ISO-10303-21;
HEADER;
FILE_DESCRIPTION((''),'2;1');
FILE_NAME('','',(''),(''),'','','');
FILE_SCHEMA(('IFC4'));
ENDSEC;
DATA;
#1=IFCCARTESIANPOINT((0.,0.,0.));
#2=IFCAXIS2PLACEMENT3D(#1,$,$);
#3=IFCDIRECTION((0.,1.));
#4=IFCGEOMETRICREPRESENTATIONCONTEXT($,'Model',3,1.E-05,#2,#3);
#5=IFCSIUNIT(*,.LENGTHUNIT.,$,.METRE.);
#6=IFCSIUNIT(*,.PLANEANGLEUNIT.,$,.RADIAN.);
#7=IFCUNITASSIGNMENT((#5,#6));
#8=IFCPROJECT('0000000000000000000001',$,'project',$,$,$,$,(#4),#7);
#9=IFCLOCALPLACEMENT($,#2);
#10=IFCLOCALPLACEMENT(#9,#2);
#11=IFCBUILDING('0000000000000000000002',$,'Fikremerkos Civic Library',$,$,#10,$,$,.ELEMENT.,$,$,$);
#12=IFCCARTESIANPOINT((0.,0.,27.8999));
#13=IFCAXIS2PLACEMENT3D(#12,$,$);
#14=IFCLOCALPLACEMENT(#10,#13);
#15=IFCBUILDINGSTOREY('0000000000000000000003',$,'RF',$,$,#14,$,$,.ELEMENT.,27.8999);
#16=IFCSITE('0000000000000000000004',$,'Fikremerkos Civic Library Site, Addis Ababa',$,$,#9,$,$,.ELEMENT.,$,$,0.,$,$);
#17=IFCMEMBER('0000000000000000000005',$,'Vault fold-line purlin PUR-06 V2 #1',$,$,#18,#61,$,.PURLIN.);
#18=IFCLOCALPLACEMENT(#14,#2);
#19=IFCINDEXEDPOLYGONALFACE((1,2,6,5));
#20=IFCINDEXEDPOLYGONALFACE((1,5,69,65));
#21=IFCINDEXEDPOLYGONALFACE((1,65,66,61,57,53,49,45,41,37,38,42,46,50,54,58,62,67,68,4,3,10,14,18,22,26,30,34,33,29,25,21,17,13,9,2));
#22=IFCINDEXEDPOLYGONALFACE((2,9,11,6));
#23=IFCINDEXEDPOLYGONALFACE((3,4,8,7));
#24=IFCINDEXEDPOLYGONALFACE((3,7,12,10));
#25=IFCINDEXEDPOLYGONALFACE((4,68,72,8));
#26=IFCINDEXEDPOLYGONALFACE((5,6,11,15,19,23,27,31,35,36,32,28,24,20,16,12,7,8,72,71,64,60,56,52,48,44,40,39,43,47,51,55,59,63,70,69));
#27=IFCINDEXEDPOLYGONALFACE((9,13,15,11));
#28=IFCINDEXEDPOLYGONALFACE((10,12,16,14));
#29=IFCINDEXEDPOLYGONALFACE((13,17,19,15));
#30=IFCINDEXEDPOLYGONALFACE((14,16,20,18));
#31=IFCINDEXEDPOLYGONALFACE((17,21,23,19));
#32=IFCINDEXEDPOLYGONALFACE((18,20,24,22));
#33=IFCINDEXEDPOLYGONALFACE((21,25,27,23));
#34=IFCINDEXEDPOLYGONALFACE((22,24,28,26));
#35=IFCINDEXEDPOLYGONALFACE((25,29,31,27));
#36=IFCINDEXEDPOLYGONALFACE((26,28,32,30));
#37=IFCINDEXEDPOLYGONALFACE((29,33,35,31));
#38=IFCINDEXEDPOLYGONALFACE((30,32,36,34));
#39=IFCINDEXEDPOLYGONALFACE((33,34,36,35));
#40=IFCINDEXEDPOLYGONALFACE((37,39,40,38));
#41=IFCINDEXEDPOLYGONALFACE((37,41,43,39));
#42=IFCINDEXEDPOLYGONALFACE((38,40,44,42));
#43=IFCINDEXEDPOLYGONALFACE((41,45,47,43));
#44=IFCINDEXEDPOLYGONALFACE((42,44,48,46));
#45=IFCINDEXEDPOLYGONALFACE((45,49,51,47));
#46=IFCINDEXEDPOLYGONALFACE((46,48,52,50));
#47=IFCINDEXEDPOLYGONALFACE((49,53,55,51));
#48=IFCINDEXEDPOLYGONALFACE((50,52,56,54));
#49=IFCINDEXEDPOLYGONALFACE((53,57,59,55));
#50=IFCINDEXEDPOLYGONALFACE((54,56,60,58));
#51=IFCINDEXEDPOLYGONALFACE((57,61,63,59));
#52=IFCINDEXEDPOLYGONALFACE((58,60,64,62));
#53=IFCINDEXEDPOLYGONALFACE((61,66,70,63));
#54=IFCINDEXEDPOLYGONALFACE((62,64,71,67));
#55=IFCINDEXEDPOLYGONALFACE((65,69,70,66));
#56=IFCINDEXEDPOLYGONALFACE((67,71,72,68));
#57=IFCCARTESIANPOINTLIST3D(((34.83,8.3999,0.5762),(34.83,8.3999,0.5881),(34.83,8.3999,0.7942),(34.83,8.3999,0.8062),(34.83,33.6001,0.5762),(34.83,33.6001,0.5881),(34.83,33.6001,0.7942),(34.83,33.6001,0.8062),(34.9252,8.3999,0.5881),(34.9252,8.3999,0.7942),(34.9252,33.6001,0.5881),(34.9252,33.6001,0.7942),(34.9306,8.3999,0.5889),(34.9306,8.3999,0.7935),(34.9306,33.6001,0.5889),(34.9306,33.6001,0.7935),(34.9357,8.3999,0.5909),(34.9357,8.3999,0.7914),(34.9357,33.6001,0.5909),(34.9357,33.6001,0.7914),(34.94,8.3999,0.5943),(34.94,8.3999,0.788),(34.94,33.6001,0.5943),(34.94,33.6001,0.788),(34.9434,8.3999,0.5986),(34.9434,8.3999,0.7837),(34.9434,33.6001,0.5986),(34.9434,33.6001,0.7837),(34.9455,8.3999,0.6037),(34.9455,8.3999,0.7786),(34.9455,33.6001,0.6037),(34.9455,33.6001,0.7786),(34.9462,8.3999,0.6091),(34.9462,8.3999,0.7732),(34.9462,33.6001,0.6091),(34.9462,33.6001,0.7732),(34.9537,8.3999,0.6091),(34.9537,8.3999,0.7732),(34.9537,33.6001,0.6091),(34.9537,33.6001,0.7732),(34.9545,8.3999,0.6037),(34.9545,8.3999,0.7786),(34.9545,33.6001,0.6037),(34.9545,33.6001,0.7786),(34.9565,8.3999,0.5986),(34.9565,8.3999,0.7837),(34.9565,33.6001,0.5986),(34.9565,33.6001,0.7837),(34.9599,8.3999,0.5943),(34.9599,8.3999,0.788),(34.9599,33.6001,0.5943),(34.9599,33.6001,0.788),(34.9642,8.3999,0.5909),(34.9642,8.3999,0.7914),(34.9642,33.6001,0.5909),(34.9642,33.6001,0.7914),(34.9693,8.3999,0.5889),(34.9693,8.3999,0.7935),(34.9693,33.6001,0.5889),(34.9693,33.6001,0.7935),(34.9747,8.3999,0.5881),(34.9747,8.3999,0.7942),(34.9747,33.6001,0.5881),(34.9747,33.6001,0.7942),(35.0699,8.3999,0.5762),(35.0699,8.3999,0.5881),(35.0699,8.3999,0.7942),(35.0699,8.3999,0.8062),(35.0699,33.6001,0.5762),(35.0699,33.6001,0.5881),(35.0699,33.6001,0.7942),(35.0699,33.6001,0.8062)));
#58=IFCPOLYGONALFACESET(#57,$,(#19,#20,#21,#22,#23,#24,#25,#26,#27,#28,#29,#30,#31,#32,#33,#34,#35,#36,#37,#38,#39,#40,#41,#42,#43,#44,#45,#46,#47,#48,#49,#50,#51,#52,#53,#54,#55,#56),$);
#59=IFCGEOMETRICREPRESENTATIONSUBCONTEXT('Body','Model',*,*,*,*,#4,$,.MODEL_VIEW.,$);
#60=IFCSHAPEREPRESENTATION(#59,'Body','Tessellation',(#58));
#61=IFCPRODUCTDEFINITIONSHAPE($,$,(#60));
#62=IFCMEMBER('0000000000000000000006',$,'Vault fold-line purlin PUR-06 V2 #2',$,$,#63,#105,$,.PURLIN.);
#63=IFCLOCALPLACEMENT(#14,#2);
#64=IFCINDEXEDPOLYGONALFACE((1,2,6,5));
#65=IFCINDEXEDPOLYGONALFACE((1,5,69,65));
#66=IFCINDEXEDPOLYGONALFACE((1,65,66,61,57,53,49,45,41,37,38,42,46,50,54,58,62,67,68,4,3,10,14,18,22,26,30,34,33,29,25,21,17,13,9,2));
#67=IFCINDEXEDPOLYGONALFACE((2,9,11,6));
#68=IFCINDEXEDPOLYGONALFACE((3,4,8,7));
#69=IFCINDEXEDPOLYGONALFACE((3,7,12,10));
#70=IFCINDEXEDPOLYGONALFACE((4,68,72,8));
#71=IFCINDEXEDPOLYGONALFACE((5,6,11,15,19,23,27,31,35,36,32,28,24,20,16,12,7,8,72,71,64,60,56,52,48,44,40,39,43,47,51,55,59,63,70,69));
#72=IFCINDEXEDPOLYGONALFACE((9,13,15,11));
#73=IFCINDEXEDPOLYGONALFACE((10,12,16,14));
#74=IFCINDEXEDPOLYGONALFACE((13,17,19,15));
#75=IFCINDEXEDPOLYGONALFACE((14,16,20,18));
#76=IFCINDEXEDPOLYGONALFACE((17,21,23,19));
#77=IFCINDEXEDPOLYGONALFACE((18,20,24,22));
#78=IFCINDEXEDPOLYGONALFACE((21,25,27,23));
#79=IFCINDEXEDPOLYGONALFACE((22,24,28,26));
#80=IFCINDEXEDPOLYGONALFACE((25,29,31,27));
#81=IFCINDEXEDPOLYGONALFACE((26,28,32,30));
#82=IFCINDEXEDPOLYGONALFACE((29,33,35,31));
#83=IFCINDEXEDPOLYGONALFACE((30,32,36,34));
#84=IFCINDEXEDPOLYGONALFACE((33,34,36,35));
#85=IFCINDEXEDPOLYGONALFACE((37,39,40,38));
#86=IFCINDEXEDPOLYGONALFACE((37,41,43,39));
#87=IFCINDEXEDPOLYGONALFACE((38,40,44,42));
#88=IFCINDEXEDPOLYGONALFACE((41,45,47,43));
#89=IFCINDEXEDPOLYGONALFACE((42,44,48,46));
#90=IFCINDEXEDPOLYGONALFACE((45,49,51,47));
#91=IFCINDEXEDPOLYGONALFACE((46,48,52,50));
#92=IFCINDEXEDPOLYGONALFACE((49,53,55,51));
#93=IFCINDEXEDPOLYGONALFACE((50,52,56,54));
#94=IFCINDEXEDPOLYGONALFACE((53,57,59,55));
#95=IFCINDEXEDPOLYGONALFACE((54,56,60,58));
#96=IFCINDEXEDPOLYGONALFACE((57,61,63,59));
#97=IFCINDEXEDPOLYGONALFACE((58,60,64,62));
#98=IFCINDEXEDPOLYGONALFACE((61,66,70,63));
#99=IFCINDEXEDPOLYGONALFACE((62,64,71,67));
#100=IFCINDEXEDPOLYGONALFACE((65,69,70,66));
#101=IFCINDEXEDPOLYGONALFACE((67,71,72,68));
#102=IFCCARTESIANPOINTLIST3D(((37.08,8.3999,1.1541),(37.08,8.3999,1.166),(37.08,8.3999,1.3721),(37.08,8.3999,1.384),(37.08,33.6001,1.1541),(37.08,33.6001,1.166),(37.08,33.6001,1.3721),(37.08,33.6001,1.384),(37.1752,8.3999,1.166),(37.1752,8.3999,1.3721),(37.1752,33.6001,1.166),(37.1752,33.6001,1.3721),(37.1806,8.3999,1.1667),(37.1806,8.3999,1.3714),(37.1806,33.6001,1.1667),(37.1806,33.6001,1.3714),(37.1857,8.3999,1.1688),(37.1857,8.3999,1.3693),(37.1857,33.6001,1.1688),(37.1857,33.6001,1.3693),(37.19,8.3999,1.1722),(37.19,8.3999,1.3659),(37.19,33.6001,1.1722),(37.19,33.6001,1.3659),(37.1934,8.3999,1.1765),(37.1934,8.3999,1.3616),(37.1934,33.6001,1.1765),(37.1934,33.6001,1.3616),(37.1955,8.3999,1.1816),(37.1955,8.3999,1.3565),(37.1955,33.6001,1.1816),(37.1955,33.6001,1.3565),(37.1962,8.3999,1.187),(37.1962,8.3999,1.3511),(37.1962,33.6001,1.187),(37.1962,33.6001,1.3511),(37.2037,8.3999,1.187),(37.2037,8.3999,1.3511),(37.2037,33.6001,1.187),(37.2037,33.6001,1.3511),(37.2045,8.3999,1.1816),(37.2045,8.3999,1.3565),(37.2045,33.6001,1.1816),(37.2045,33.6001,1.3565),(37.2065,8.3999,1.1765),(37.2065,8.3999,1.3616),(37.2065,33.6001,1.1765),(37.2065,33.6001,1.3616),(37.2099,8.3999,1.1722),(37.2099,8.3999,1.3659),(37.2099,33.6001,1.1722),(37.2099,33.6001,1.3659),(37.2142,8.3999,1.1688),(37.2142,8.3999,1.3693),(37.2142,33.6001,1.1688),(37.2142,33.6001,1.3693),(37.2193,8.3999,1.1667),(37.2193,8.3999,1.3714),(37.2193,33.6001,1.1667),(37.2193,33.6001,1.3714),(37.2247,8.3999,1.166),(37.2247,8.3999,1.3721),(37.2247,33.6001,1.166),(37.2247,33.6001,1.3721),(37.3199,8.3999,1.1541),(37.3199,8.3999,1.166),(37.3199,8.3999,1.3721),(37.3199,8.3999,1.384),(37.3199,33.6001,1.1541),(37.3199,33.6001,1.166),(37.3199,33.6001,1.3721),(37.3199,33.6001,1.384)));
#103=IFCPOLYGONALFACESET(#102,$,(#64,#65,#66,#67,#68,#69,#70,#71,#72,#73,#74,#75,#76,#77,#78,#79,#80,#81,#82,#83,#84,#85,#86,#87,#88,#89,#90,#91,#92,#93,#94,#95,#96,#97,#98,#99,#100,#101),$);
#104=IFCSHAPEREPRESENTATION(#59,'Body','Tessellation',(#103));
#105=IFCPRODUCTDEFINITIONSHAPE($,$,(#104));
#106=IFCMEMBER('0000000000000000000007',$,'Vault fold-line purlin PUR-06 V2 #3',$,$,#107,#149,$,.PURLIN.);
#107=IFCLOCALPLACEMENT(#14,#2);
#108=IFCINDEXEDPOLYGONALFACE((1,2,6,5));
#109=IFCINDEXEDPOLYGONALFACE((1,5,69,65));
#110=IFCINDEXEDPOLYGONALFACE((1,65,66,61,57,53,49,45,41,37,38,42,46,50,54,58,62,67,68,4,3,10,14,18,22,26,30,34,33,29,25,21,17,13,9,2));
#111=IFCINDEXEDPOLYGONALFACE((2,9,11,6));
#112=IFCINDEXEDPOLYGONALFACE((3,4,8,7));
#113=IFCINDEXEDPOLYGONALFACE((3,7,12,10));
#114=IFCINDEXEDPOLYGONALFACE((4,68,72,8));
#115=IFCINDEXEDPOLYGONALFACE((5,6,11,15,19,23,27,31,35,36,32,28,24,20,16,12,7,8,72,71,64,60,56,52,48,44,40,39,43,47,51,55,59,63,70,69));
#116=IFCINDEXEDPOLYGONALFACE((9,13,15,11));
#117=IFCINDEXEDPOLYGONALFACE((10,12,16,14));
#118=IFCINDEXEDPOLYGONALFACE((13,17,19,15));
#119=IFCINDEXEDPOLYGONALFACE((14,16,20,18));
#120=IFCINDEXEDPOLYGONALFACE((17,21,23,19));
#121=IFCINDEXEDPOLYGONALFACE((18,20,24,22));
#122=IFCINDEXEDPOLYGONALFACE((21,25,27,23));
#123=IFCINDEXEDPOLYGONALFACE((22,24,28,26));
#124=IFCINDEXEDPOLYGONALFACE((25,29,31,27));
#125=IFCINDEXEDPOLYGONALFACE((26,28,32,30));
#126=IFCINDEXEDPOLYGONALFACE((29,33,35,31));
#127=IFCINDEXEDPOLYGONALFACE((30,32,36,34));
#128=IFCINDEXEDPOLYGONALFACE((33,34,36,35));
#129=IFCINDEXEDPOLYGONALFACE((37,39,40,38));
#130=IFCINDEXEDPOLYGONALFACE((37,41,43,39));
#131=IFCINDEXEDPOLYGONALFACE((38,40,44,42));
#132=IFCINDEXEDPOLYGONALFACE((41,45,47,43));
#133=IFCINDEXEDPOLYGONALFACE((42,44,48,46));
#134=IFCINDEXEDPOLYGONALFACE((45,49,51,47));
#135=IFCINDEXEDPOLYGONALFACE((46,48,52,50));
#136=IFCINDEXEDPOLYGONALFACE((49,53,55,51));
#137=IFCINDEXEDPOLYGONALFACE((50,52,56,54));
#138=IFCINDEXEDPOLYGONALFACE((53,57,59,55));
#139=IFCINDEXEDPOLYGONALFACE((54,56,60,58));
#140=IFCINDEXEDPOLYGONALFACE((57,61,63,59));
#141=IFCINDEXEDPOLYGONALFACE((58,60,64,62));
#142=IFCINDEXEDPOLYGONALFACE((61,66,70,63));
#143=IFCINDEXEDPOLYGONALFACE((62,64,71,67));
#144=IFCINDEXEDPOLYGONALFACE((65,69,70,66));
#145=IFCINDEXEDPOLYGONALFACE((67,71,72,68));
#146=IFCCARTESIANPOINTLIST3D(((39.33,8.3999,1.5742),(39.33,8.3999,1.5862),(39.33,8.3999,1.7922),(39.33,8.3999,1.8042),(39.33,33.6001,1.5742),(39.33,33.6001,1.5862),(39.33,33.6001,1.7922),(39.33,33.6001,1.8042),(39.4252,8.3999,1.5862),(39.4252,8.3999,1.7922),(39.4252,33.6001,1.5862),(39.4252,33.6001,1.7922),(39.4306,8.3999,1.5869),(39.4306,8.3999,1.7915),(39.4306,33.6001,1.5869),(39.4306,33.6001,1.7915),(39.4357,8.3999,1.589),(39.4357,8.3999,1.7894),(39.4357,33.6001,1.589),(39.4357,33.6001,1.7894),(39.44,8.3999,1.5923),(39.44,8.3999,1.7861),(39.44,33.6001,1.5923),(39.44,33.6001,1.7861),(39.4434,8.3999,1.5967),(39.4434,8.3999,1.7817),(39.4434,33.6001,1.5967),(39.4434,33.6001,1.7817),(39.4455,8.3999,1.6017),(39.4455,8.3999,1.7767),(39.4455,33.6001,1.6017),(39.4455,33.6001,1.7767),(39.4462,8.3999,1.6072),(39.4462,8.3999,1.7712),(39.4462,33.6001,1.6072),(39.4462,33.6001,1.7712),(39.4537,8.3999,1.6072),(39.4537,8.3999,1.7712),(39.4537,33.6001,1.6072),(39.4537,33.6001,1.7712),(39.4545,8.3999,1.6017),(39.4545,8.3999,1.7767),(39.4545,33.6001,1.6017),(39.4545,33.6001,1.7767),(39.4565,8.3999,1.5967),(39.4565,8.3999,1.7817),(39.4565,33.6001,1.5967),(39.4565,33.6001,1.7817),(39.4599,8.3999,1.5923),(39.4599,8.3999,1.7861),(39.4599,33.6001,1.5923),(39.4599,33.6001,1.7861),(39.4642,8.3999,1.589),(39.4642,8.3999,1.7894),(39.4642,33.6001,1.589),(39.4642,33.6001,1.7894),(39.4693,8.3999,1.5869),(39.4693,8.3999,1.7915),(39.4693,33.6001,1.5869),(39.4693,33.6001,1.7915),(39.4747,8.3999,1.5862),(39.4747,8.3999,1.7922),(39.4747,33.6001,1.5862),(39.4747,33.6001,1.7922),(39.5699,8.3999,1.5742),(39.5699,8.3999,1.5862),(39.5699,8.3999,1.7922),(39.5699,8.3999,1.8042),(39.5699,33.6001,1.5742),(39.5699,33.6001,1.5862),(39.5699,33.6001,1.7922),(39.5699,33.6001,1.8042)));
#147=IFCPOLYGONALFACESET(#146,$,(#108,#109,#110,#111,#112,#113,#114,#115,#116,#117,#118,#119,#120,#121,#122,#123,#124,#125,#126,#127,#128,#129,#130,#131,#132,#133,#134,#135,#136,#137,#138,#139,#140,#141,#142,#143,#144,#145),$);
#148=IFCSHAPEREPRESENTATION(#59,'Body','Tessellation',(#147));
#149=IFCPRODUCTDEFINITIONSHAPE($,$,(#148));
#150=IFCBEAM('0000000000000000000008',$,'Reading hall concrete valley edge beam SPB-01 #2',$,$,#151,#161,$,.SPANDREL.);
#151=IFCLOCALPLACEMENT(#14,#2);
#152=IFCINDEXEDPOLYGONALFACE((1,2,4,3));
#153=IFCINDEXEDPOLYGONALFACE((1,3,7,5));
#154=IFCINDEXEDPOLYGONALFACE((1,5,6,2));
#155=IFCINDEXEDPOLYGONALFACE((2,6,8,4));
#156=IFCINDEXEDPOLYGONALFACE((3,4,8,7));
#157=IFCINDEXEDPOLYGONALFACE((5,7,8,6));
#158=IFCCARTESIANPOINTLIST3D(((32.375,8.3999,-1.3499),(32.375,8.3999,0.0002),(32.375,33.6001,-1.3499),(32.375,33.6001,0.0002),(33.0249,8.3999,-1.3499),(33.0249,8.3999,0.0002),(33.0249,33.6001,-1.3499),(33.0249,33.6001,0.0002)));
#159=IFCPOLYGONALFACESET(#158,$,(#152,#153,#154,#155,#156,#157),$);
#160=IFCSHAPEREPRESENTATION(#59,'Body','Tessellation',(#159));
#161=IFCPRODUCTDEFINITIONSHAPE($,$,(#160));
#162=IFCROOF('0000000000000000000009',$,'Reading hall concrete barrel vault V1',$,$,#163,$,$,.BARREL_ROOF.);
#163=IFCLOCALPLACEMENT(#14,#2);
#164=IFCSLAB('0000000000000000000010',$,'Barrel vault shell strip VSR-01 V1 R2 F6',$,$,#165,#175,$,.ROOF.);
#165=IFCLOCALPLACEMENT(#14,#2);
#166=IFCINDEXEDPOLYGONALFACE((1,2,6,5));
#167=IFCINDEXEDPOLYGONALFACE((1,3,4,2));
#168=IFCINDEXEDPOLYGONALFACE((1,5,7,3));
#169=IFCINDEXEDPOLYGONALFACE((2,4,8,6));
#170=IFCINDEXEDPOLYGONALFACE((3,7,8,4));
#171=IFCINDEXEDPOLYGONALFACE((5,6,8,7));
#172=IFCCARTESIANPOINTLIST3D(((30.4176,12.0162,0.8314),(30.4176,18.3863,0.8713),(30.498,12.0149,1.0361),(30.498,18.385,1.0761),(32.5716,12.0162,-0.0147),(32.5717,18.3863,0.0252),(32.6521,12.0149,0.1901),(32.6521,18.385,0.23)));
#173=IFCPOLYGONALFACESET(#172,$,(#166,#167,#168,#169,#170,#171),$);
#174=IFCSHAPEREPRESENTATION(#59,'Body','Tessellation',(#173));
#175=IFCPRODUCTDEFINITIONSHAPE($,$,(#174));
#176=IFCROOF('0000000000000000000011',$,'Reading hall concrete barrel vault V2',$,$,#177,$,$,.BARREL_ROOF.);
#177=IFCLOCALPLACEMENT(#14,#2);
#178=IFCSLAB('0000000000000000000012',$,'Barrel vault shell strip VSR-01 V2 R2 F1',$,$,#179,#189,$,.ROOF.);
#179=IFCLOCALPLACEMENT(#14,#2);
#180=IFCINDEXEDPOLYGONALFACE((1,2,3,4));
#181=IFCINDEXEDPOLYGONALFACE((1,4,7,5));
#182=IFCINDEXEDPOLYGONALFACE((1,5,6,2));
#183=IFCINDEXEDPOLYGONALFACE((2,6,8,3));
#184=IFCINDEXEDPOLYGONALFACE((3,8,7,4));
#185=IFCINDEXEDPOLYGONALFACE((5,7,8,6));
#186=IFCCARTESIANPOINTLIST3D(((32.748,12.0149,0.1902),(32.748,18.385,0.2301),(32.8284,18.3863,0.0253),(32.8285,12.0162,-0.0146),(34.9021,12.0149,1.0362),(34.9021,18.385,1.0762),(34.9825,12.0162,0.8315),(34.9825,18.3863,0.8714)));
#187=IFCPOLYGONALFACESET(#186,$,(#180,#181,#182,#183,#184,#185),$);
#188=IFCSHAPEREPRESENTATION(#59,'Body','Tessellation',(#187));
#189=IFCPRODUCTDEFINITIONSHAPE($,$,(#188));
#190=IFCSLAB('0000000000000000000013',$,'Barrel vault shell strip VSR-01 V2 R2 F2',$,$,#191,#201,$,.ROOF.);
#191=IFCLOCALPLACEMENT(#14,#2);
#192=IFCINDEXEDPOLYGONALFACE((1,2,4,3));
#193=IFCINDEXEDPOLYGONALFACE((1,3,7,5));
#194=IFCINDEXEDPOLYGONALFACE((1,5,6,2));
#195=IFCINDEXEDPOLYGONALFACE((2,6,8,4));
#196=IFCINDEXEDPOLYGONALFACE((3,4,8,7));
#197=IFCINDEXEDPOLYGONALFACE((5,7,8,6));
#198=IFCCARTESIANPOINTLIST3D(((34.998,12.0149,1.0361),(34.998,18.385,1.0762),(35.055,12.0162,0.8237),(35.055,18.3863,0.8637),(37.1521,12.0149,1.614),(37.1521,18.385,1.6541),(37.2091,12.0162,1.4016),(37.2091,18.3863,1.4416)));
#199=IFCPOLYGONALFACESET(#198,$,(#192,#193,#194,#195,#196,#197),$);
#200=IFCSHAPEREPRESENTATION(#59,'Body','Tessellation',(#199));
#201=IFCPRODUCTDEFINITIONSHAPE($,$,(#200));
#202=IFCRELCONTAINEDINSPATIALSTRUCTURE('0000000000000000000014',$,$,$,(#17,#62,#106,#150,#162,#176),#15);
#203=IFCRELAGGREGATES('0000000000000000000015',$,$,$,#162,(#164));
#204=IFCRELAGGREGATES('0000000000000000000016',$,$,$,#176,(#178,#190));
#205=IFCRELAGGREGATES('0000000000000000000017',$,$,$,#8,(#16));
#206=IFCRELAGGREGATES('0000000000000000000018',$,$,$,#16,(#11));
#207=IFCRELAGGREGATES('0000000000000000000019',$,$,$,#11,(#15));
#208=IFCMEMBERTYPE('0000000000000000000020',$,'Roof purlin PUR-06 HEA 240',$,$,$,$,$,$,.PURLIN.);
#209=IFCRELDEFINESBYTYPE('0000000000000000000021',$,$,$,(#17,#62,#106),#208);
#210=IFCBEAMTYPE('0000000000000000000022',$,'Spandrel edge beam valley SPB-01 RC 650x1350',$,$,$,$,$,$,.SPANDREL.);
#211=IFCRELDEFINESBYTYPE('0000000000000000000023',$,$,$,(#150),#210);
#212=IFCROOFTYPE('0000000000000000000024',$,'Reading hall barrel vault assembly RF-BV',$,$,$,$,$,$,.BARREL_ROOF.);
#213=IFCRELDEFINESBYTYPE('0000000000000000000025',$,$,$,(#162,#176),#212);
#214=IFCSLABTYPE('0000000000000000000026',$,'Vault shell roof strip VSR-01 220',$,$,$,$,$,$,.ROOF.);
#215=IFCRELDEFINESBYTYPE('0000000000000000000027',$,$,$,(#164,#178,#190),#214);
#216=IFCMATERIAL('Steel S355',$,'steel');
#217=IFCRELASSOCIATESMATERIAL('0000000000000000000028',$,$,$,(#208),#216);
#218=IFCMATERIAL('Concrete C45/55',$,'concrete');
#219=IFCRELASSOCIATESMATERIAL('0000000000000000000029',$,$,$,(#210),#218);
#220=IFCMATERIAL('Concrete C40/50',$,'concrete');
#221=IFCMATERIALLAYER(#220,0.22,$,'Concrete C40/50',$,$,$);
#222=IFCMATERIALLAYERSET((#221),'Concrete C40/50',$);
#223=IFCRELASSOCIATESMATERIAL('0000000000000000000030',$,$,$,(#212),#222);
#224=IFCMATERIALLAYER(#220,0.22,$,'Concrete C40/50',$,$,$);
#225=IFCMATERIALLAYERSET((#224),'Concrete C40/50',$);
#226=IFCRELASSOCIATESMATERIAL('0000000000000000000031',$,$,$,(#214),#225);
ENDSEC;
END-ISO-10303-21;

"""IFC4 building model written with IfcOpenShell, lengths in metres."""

from ifc_helpers import new_model, si_unit, direction, frame, origin, origin_2d, place, context, subcontext, project, spatial, polyline, rectangle, i_section, outline, extrude, material, layer, layer_set, material_profile, profile_set, type_object, element, aggregate, save


model = new_model("IFC4")

# Units and contexts
model_context = context("Model", 3, precision=1e-05, world=origin(), true_north=direction((0.0, 1.0)))
body_context = subcontext(model_context, "Body", "Model", "MODEL_VIEW")
ifc_project = project(units=[si_unit("LENGTHUNIT", "METRE"), si_unit("PLANEANGLEUNIT", "RADIAN")], contexts=[model_context])

# Site, building, storey
site_placement = place(None, origin())
site = spatial("IfcSite", under=ifc_project, at=site_placement, Name="Fikremerkos Civic Library Site, Addis Ababa", CompositionType="ELEMENT", RefElevation=0.0)
building_placement = place(site_placement, origin())
building = spatial("IfcBuilding", under=site, at=building_placement, Name="Fikremerkos Civic Library", CompositionType="ELEMENT")
storey_placement = place(building_placement, frame((0.0, 0.0, 27.8999)))
storey = spatial("IfcBuildingStorey", under=building, at=storey_placement, Name="RF", CompositionType="ELEMENT", Elevation=27.8999)

# Shared definitions
ifc_material_1 = material(Name="Steel S355", Category="steel")

# Shared definitions
ifc_material_2 = material(Name="Concrete C45/55", Category="concrete")

# Members
ifc_material_profile_1 = material_profile(ifc_material_1, i_section(OverallWidth=0.24, OverallDepth=0.23, WebThickness=0.0076, FlangeThickness=0.012, FilletRadius=0.021, at=origin_2d()), Name="HEA 240")
ifc_profile_set_1 = profile_set([ifc_material_profile_1], Name="Steel S355")
member_type_1 = type_object("IfcMemberType", Name="Roof purlin PUR-06 HEA 240", PredefinedType="PURLIN", material=ifc_profile_set_1)
for number, where, z_axis, x_axis, name in (
    (1, (34.95, 8.3999, 0.6912), (0.0, 1.0, 0.0), (-1.0, 0.0, 0.0), "Vault fold-line purlin PUR-06 V2 #1"),
    (2, (37.2, 8.3999, 1.269), (0.0, 1.0, 0.0), (-1.0, 0.0, 0.0), "Vault fold-line purlin PUR-06 V2 #2"),
    (3, (39.45, 8.3999, 1.6892), (0.0, 1.0, 0.0), (-1.0, 0.0, 0.0), "Vault fold-line purlin PUR-06 V2 #3"),
):
    element("IfcMember", number, at=place(storey_placement, frame(where, z_axis=z_axis, x_axis=x_axis)), inside=storey, type_object=member_type_1, Name=name, PredefinedType="PURLIN", context=body_context, shape_type="SweptSolid", body=[
        extrude(i_section(OverallWidth=0.24, OverallDepth=0.23, WebThickness=0.0076, FlangeThickness=0.012, FilletRadius=0.021, at=origin_2d()), origin(), (0.0, 0.0, 1.0), 25.2002),
    ])

# Beam
ifc_material_profile_2 = material_profile(ifc_material_2, rectangle(XDim=0.6499, YDim=1.3501, at=origin_2d()), Name="RC 650x1350")
ifc_profile_set_2 = profile_set([ifc_material_profile_2], Name="Concrete C45/55")
beam_type_1 = type_object("IfcBeamType", Name="Spandrel edge beam valley SPB-01 RC 650x1350", PredefinedType="SPANDREL", material=ifc_profile_set_2)
beam_1_placement = place(storey_placement, frame((32.7, 8.3999, -0.6748), z_axis=(0.0, 1.0, 0.0), x_axis=(-1.0, 0.0, 0.0)))
element("IfcBeam", 4, at=beam_1_placement, inside=storey, type_object=beam_type_1, Name="Reading hall concrete valley edge beam SPB-01 #2", PredefinedType="SPANDREL", context=body_context, shape_type="SweptSolid", body=[
    extrude(rectangle(XDim=0.6499, YDim=1.3501, at=origin_2d()), origin(), (0.0, 0.0, 1.0), 25.2002),
])

# Roof, slab
ifc_material_3 = material(Name="Concrete C40/50", Category="concrete")
ifc_layer_1 = layer(ifc_material_3, 0.22, Name="Concrete C40/50")
ifc_layer_set_1 = layer_set([ifc_layer_1], Name="Concrete C40/50")
roof_type = type_object("IfcRoofType", Name="Reading hall barrel vault assembly RF-BV", PredefinedType="BARREL_ROOF", material=ifc_layer_set_1)
roof_1_placement = place(storey_placement, origin())
roof_1 = element("IfcRoof", 5, at=roof_1_placement, inside=storey, type_object=roof_type, Name="Reading hall concrete barrel vault V1", PredefinedType="BARREL_ROOF")
ifc_layer_2 = layer(ifc_material_3, 0.22, Name="Concrete C40/50")
ifc_layer_set_2 = layer_set([ifc_layer_2], Name="Concrete C40/50")
slab_type_1 = type_object("IfcSlabType", Name="Vault shell roof strip VSR-01 220", PredefinedType="ROOF", material=ifc_layer_set_2)
slab_1_placement = place(storey_placement, frame((30.498, 12.0149, 1.0361), z_axis=(0.365584, -0.005832, 0.93076), x_axis=(0.930776, 0.0, -0.36559)))
slab_1 = element("IfcSlab", 6, at=slab_1_placement, type_object=slab_type_1, Name="Barrel vault shell strip VSR-01 V1 R2 F6", PredefinedType="ROOF", context=body_context, shape_type="SweptSolid", body=[
    extrude(outline(polyline([(0.0, 0.0), (2.3142, 0.0), (2.2997, 6.3702), (-0.0146, 6.3702), (0.0, 0.0)])), origin(), (0.0, 0.0, -1.0), 0.22),
])

# Roof, slabs
roof_2_placement = place(storey_placement, origin())
roof_2 = element("IfcRoof", 7, at=roof_2_placement, inside=storey, type_object=roof_type, Name="Reading hall concrete barrel vault V2", PredefinedType="BARREL_ROOF")
slab_2_placement = place(storey_placement, frame((32.748, 12.0149, 0.1902), z_axis=(-0.365584, -0.005832, 0.93076), x_axis=(0.930776, 0.0, 0.36559)))
slab_2 = element("IfcSlab", 8, at=slab_2_placement, type_object=slab_type_1, Name="Barrel vault shell strip VSR-01 V2 R2 F1", PredefinedType="ROOF", context=body_context, shape_type="SweptSolid", body=[
    extrude(outline(polyline([(0.0, 0.0), (2.3142, 0.0), (2.3288, 6.3702), (0.0145, 6.3702), (0.0, 0.0)])), origin(), (0.0, 0.0, -1.0), 0.22),
])
slab_3_placement = place(storey_placement, frame((34.998, 12.0149, 1.0361), z_axis=(-0.259109, -0.006071, 0.965829), x_axis=(0.965847, 0.0, 0.259114)))
slab_3 = element("IfcSlab", 9, at=slab_3_placement, type_object=slab_type_1, Name="Barrel vault shell strip VSR-01 V2 R2 F2", PredefinedType="ROOF", context=body_context, shape_type="SweptSolid", body=[
    extrude(outline(polyline([(0.0, 0.0), (2.2302, 0.0), (2.2406, 6.3702), (0.0104, 6.3702), (0.0, 0.0)])), origin(), (0.0, 0.0, -1.0), 0.22),
])

aggregate(roof_1, [slab_1])
aggregate(roof_2, [slab_2, slab_3])

save(model, "model.ifc")
